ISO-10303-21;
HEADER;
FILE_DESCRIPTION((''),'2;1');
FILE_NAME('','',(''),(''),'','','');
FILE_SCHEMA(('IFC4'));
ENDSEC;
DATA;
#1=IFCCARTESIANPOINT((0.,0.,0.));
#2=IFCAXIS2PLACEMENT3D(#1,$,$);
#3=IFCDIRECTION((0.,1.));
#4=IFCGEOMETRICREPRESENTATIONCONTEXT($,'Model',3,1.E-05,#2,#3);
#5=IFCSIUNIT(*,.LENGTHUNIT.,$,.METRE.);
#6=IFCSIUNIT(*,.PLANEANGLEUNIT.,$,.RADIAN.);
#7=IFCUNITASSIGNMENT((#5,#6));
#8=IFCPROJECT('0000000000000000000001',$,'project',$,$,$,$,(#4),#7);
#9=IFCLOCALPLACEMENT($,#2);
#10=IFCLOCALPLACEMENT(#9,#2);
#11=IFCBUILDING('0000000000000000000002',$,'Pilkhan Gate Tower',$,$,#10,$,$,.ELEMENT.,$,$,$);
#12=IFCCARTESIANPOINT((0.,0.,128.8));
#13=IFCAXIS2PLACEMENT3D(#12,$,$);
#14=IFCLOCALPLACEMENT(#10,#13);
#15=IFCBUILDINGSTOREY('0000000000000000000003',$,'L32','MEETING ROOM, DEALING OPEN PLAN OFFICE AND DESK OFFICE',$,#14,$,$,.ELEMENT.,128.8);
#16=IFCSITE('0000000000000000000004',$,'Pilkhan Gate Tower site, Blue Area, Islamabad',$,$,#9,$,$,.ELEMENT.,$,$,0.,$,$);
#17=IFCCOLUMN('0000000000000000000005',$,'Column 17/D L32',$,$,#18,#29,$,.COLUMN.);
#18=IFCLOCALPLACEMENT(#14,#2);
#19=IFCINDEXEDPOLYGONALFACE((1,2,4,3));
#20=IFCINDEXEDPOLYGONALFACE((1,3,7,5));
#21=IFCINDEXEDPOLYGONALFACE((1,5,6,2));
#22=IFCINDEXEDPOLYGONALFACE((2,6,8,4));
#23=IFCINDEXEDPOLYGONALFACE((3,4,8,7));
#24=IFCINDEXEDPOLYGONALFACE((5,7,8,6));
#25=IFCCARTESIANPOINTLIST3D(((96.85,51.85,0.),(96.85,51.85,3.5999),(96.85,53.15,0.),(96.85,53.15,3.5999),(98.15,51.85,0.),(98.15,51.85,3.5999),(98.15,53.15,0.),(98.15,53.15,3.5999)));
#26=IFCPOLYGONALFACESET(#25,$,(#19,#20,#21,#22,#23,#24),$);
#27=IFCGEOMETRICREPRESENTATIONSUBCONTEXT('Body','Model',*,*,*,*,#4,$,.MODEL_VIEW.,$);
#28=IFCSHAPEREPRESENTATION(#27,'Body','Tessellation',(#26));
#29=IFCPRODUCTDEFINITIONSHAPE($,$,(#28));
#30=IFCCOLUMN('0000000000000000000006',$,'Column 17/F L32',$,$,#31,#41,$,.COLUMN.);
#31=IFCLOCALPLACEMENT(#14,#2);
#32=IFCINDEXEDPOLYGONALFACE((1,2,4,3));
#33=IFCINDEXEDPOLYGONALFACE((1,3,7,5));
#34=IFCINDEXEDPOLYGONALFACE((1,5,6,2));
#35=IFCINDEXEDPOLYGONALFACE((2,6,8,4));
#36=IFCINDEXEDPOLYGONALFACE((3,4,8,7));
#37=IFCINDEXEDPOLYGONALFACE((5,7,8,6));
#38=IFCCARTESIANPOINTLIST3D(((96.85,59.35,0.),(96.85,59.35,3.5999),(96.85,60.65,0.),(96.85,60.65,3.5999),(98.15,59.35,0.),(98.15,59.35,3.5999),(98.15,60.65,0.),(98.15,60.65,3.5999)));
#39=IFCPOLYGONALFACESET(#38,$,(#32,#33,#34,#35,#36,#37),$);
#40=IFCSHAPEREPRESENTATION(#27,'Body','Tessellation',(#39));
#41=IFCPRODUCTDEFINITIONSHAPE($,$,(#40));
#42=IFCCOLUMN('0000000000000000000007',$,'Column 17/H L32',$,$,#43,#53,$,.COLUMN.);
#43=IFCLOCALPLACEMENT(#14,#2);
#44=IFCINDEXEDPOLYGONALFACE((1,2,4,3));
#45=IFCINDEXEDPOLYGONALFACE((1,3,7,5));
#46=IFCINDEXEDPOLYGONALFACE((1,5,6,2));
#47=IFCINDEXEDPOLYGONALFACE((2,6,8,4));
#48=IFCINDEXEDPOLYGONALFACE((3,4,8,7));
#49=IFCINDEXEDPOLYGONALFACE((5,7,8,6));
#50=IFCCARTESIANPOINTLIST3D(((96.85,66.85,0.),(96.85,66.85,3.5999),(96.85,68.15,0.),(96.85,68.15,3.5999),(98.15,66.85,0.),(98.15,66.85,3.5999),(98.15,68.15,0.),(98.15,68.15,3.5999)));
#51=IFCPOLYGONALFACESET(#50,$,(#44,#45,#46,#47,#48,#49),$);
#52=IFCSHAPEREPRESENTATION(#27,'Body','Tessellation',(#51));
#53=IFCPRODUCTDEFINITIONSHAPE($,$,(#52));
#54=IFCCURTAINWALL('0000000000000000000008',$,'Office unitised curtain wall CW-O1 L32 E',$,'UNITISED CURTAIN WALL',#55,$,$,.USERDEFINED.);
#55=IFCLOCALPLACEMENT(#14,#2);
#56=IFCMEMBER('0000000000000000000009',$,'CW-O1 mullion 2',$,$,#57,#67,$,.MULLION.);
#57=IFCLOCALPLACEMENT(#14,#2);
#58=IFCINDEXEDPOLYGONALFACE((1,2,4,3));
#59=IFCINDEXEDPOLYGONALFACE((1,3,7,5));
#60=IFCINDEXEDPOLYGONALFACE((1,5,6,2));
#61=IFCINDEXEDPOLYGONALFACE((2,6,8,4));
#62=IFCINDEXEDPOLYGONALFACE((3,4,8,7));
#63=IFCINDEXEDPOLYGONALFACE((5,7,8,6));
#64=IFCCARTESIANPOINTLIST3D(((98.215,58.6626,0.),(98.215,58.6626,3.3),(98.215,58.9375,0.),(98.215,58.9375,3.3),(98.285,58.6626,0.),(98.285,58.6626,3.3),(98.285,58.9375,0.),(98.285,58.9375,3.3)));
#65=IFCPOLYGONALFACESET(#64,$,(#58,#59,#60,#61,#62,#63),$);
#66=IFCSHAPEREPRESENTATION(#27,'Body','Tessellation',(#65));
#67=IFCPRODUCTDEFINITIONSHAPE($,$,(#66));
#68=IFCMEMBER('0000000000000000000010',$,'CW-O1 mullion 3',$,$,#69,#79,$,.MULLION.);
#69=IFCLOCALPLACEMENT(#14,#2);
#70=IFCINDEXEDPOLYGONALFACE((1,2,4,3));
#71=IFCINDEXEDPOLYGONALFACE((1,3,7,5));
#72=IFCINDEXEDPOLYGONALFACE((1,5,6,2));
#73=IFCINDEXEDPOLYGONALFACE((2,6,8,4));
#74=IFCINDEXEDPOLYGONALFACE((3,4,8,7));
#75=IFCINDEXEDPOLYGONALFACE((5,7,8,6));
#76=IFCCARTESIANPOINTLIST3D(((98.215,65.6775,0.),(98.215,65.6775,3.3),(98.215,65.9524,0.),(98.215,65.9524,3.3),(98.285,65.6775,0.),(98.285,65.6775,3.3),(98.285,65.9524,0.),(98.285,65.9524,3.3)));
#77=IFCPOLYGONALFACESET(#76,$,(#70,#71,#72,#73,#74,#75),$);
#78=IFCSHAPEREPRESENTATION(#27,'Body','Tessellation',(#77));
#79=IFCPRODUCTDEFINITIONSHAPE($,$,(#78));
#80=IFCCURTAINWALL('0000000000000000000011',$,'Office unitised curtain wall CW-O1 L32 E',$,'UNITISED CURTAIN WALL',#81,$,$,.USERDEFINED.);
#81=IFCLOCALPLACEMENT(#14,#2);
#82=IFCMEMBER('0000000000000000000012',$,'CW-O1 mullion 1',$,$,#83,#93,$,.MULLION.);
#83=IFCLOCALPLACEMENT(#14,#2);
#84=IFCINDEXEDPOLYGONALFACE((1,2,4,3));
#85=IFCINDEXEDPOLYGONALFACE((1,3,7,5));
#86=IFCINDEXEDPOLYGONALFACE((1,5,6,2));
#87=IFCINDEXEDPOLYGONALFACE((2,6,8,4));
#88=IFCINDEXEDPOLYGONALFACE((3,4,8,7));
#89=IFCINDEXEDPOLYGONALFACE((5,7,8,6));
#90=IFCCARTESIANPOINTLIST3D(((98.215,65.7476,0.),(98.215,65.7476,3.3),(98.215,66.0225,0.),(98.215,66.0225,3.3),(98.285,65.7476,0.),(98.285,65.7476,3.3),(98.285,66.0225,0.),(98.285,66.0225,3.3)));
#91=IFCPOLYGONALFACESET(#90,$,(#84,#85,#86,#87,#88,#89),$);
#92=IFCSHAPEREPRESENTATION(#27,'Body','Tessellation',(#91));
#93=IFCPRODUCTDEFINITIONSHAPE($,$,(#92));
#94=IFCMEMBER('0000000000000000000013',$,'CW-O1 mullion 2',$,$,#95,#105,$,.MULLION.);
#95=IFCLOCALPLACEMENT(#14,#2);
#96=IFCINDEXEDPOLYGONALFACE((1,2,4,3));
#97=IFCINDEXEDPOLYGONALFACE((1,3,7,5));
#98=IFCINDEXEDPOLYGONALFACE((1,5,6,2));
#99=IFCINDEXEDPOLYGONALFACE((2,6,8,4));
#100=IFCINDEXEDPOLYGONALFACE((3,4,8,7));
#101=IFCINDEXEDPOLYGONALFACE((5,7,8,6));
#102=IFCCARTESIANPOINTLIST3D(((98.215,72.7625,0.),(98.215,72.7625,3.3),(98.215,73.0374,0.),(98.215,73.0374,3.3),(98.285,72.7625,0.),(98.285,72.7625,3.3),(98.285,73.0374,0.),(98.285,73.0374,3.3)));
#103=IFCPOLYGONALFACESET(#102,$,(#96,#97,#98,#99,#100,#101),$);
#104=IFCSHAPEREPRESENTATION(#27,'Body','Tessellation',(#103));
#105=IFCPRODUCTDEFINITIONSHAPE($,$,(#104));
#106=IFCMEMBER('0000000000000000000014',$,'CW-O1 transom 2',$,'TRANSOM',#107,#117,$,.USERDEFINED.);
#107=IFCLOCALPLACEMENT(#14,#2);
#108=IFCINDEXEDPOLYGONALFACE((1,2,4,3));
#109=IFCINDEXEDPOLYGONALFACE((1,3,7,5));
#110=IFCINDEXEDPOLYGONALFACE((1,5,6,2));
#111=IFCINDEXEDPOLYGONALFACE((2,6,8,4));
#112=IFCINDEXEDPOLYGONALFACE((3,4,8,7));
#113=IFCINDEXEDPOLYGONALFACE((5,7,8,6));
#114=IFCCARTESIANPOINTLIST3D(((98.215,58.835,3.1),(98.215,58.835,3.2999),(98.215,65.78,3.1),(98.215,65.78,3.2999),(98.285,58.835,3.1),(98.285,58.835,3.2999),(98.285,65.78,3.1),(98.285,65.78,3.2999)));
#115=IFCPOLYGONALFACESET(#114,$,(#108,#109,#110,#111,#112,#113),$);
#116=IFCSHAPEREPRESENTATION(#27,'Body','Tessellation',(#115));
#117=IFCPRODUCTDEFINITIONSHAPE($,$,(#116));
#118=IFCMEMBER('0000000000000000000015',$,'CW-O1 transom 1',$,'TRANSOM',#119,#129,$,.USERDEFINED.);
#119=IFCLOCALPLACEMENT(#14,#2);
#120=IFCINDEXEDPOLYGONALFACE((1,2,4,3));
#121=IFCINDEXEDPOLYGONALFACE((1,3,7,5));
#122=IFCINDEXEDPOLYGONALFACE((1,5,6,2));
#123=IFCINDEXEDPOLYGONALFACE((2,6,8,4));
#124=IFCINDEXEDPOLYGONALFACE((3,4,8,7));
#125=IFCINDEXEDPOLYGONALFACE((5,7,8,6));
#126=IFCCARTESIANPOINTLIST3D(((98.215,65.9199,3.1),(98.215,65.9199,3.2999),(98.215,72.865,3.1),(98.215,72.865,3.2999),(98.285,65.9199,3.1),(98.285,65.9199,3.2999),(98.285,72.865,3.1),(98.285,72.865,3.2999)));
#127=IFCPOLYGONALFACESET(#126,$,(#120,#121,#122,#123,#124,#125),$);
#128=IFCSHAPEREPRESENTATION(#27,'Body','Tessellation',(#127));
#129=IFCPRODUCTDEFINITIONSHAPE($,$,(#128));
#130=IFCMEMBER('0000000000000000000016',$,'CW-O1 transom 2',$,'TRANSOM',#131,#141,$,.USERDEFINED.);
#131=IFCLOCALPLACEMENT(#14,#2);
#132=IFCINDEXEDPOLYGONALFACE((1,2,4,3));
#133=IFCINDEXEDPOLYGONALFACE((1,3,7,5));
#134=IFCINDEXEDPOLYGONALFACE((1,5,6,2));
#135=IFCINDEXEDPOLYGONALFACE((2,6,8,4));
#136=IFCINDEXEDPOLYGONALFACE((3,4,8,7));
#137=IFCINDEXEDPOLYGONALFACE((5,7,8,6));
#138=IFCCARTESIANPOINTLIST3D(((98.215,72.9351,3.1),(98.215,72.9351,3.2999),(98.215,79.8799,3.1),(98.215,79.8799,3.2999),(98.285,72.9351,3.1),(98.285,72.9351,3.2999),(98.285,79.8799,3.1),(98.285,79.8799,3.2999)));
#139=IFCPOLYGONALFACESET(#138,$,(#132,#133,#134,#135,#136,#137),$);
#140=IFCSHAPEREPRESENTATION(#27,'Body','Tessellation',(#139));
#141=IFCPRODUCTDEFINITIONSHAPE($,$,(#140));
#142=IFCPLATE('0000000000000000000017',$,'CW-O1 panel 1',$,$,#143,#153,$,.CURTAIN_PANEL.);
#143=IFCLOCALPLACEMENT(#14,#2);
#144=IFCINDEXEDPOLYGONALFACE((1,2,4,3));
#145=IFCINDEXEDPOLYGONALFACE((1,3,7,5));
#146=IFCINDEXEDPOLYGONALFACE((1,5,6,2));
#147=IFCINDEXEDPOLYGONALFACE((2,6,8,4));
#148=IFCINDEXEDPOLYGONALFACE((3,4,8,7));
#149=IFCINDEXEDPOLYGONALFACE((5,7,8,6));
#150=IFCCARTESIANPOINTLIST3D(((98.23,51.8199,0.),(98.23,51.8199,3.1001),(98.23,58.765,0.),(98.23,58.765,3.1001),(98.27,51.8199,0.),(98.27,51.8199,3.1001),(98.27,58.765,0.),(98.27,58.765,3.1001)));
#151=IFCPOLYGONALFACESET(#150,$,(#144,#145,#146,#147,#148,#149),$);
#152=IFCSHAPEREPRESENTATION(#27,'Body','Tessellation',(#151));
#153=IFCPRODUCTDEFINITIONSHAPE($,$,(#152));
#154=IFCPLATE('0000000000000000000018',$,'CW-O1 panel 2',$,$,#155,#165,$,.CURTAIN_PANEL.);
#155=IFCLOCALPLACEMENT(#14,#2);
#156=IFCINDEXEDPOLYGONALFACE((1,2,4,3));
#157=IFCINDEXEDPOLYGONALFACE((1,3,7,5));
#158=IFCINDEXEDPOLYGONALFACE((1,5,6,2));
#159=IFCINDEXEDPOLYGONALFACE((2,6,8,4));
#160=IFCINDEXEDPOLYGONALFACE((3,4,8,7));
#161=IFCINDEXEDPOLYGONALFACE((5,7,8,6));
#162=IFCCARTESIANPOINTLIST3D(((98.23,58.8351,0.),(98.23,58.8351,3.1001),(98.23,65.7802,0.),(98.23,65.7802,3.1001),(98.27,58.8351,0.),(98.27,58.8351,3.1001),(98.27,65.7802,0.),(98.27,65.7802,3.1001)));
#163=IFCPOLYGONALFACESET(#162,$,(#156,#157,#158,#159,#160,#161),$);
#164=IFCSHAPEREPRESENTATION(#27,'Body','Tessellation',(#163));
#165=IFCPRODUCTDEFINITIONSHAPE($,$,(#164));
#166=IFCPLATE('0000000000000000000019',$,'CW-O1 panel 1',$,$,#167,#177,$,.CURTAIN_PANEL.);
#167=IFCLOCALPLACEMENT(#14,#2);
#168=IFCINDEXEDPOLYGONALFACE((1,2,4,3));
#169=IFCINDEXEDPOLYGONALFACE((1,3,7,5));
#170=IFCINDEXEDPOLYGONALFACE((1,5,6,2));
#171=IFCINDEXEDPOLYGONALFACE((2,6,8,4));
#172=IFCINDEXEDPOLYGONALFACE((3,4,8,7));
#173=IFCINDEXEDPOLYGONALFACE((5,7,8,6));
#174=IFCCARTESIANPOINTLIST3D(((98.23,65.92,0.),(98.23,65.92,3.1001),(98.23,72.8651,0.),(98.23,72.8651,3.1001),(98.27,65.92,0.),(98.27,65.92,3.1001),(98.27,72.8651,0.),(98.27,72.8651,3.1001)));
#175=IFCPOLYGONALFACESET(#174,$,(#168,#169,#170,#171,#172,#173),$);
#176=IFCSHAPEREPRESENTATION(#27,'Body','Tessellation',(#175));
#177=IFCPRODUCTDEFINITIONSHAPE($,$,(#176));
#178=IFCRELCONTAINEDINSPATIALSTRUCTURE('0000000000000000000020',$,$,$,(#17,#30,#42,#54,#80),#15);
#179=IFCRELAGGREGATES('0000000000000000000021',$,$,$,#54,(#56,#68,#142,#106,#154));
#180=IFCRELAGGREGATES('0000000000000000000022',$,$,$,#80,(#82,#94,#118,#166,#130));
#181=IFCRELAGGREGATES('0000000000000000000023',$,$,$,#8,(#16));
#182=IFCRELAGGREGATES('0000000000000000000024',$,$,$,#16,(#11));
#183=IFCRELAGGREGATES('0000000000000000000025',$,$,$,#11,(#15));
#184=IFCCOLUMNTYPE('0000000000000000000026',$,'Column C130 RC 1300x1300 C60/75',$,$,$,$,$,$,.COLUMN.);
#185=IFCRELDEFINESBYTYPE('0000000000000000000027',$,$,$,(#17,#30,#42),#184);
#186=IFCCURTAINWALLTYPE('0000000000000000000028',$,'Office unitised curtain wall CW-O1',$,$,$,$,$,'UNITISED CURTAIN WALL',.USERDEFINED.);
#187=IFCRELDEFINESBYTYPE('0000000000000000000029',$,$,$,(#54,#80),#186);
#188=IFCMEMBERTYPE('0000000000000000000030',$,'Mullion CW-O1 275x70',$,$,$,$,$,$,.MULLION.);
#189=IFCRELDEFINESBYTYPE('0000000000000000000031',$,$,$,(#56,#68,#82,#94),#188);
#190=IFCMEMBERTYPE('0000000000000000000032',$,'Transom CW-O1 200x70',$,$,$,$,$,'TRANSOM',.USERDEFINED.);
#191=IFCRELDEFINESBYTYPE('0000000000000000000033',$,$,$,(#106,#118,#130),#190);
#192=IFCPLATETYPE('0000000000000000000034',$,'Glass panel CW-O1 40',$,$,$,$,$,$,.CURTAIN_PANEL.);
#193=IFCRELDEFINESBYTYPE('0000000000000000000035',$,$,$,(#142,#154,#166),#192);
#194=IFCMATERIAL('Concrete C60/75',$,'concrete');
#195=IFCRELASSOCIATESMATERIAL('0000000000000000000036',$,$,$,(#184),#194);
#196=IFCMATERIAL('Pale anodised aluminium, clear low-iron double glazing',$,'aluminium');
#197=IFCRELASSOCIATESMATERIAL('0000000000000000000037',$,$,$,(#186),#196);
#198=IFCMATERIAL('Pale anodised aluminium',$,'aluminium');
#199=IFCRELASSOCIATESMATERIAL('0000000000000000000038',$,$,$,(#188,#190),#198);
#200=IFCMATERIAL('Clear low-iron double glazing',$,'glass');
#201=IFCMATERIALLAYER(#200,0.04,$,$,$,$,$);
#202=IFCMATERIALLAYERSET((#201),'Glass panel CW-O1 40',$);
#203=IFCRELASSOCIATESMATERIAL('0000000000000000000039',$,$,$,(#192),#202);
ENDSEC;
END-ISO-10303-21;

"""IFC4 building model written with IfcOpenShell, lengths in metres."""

from ifc_helpers import new_model, si_unit, direction, frame, origin, origin_2d, place, context, subcontext, project, spatial, rectangle, extrude, material, layer, layer_set, material_profile, profile_set, type_object, element, aggregate, save


model = new_model("IFC4")

# Units and contexts
model_context = context("Model", 3, precision=1e-05, world=origin(), true_north=direction((0.0, 1.0)))
body_context = subcontext(model_context, "Body", "Model", "MODEL_VIEW")
ifc_project = project(units=[si_unit("LENGTHUNIT", "METRE"), si_unit("PLANEANGLEUNIT", "RADIAN")], contexts=[model_context])

# Site, building, storey
site_placement = place(None, origin())
site = spatial("IfcSite", under=ifc_project, at=site_placement, Name="Pilkhan Gate Tower site, Blue Area, Islamabad", CompositionType="ELEMENT", RefElevation=0.0)
building_placement = place(site_placement, origin())
building = spatial("IfcBuilding", under=site, at=building_placement, Name="Pilkhan Gate Tower", CompositionType="ELEMENT")
storey_placement = place(building_placement, frame((0.0, 0.0, 128.8)))
storey = spatial("IfcBuildingStorey", under=building, at=storey_placement, Name="L32", Description="MEETING ROOM, DEALING OPEN PLAN OFFICE AND DESK OFFICE", CompositionType="ELEMENT", Elevation=128.8)

# Columns
ifc_material_1 = material(Name="Concrete C60/75", Category="concrete")
ifc_material_profile_1 = material_profile(ifc_material_1, rectangle(XDim=1.3, YDim=1.3, at=origin_2d()), Name="RC 1300x1300")
ifc_profile_set_1 = profile_set([ifc_material_profile_1], Name="Concrete C60/75")
column_type = type_object("IfcColumnType", Name="Column C130 RC 1300x1300 C60/75", PredefinedType="COLUMN", material=ifc_profile_set_1)
for number, where, z_axis, x_axis, name in (
    (1, (97.5, 52.5, 0.0), (0.0, 0.0, 1.0), (1.0, 0.0, 0.0), "Column 17/D L32"),
    (2, (97.5, 60.0, 0.0), (0.0, 0.0, 1.0), (1.0, 0.0, 0.0), "Column 17/F L32"),
    (3, (97.5, 67.5, 0.0), (0.0, 0.0, 1.0), (1.0, 0.0, 0.0), "Column 17/H L32"),
):
    element("IfcColumn", number, at=place(storey_placement, frame(where, z_axis=z_axis, x_axis=x_axis)), inside=storey, type_object=column_type, Name=name, PredefinedType="COLUMN", context=body_context, shape_type="SweptSolid", body=[
        extrude(rectangle(XDim=1.3, YDim=1.3, at=origin_2d()), origin(), (0.0, 0.0, 1.0), 3.5999),
    ])

# Curtain walls, members
ifc_material_2 = material(Name="Pale anodised aluminium, clear low-iron double glazing", Category="aluminium")
curtain_wall_type = type_object("IfcCurtainWallType", Name="Office unitised curtain wall CW-O1", ElementType="UNITISED CURTAIN WALL", PredefinedType="USERDEFINED", material=ifc_material_2)
curtain_wall_1_placement = place(storey_placement, origin())
curtain_wall_1 = element("IfcCurtainWall", 4, at=curtain_wall_1_placement, inside=storey, type_object=curtain_wall_type, Name="Office unitised curtain wall CW-O1 L32 E", ObjectType="UNITISED CURTAIN WALL", PredefinedType="USERDEFINED")
ifc_material_3 = material(Name="Pale anodised aluminium", Category="aluminium")
ifc_material_profile_2 = material_profile(ifc_material_3, rectangle(XDim=0.0701, YDim=0.2749, at=origin_2d()), Name="Mullion 275x70")
ifc_profile_set_2 = profile_set([ifc_material_profile_2], Name="Pale anodised aluminium")
member_type_1 = type_object("IfcMemberType", Name="Mullion CW-O1 275x70", PredefinedType="MULLION", material=ifc_profile_set_2)
member_1_placement = place(storey_placement, frame((98.25, 58.8, 0.0), z_axis=(0.0, 0.0, 1.0), x_axis=(-1.0, 0.0, 0.0)))
member_1 = element("IfcMember", 5, at=member_1_placement, type_object=member_type_1, Name="CW-O1 mullion 2", PredefinedType="MULLION", context=body_context, shape_type="SweptSolid", body=[
    extrude(rectangle(XDim=0.0701, YDim=0.2749, at=origin_2d()), origin(), (0.0, 0.0, 1.0), 3.3),
])
member_2_placement = place(storey_placement, frame((98.25, 65.8149, 0.0), z_axis=(0.0, 0.0, 1.0), x_axis=(-1.0, 0.0, 0.0)))
member_2 = element("IfcMember", 6, at=member_2_placement, type_object=member_type_1, Name="CW-O1 mullion 3", PredefinedType="MULLION", context=body_context, shape_type="SweptSolid", body=[
    extrude(rectangle(XDim=0.0701, YDim=0.2749, at=origin_2d()), origin(), (0.0, 0.0, 1.0), 3.3),
])
curtain_wall_2_placement = place(storey_placement, origin())
curtain_wall_2 = element("IfcCurtainWall", 7, at=curtain_wall_2_placement, inside=storey, type_object=curtain_wall_type, Name="Office unitised curtain wall CW-O1 L32 E", ObjectType="UNITISED CURTAIN WALL", PredefinedType="USERDEFINED")
member_3_placement = place(storey_placement, frame((98.25, 65.885, 0.0), z_axis=(0.0, 0.0, 1.0), x_axis=(-1.0, 0.0, 0.0)))
member_3 = element("IfcMember", 8, at=member_3_placement, type_object=member_type_1, Name="CW-O1 mullion 1", PredefinedType="MULLION", context=body_context, shape_type="SweptSolid", body=[
    extrude(rectangle(XDim=0.0701, YDim=0.2749, at=origin_2d()), origin(), (0.0, 0.0, 1.0), 3.3),
])
member_4_placement = place(storey_placement, frame((98.25, 72.8999, 0.0), z_axis=(0.0, 0.0, 1.0), x_axis=(-1.0, 0.0, 0.0)))
member_4 = element("IfcMember", 9, at=member_4_placement, type_object=member_type_1, Name="CW-O1 mullion 2", PredefinedType="MULLION", context=body_context, shape_type="SweptSolid", body=[
    extrude(rectangle(XDim=0.0701, YDim=0.2749, at=origin_2d()), origin(), (0.0, 0.0, 1.0), 3.3),
])

# Members
ifc_material_profile_3 = material_profile(ifc_material_3, rectangle(XDim=0.0701, YDim=0.2, at=origin_2d()), Name="Transom 200x70")
ifc_profile_set_3 = profile_set([ifc_material_profile_3], Name="Pale anodised aluminium")
member_type_2 = type_object("IfcMemberType", Name="Transom CW-O1 200x70", ElementType="TRANSOM", PredefinedType="USERDEFINED", material=ifc_profile_set_3)
member_5_placement = place(storey_placement, frame((98.25, 58.835, 3.2), z_axis=(0.0, 1.0, 0.0), x_axis=(-1.0, 0.0, 0.0)))
member_5 = element("IfcMember", 10, at=member_5_placement, type_object=member_type_2, Name="CW-O1 transom 2", ObjectType="TRANSOM", PredefinedType="USERDEFINED", context=body_context, shape_type="SweptSolid", body=[
    extrude(rectangle(XDim=0.0701, YDim=0.2, at=origin_2d()), origin(), (0.0, 0.0, 1.0), 6.9451),
])
member_6_placement = place(storey_placement, frame((98.25, 65.9199, 3.2), z_axis=(0.0, 1.0, 0.0), x_axis=(-1.0, 0.0, 0.0)))
member_6 = element("IfcMember", 11, at=member_6_placement, type_object=member_type_2, Name="CW-O1 transom 1", ObjectType="TRANSOM", PredefinedType="USERDEFINED", context=body_context, shape_type="SweptSolid", body=[
    extrude(rectangle(XDim=0.0701, YDim=0.2, at=origin_2d()), origin(), (0.0, 0.0, 1.0), 6.9451),
])
member_7_placement = place(storey_placement, frame((98.25, 72.9351, 3.2), z_axis=(0.0, 1.0, 0.0), x_axis=(-1.0, 0.0, 0.0)))
member_7 = element("IfcMember", 12, at=member_7_placement, type_object=member_type_2, Name="CW-O1 transom 2", ObjectType="TRANSOM", PredefinedType="USERDEFINED", context=body_context, shape_type="SweptSolid", body=[
    extrude(rectangle(XDim=0.0701, YDim=0.2, at=origin_2d()), origin(), (0.0, 0.0, 1.0), 6.9448),
])

# Plates
ifc_material_4 = material(Name="Clear low-iron double glazing", Category="glass")
ifc_layer_1 = layer(ifc_material_4, 0.04)
ifc_layer_set_1 = layer_set([ifc_layer_1], Name="Glass panel CW-O1 40")
plate_type = type_object("IfcPlateType", Name="Glass panel CW-O1 40", PredefinedType="CURTAIN_PANEL", material=ifc_layer_set_1)
plate_1_placement = place(storey_placement, frame((98.25, 55.2925, 0.0), z_axis=(0.0, 0.0, 1.0), x_axis=(0.0, 1.0, 0.0)))
plate_1 = element("IfcPlate", 13, at=plate_1_placement, type_object=plate_type, Name="CW-O1 panel 1", PredefinedType="CURTAIN_PANEL", context=body_context, shape_type="SweptSolid", body=[
    extrude(rectangle(XDim=6.9451, YDim=0.04, at=origin_2d()), origin(), (0.0, 0.0, 1.0), 3.1001),
])
plate_2_placement = place(storey_placement, frame((98.25, 62.3076, 0.0), z_axis=(0.0, 0.0, 1.0), x_axis=(0.0, 1.0, 0.0)))
plate_2 = element("IfcPlate", 14, at=plate_2_placement, type_object=plate_type, Name="CW-O1 panel 2", PredefinedType="CURTAIN_PANEL", context=body_context, shape_type="SweptSolid", body=[
    extrude(rectangle(XDim=6.9451, YDim=0.04, at=origin_2d()), origin(), (0.0, 0.0, 1.0), 3.1001),
])
aggregate(curtain_wall_1, [member_1, member_2, plate_1, member_5, plate_2])
plate_3_placement = place(storey_placement, frame((98.25, 69.3926, 0.0), z_axis=(0.0, 0.0, 1.0), x_axis=(0.0, 1.0, 0.0)))
plate_3 = element("IfcPlate", 15, at=plate_3_placement, type_object=plate_type, Name="CW-O1 panel 1", PredefinedType="CURTAIN_PANEL", context=body_context, shape_type="SweptSolid", body=[
    extrude(rectangle(XDim=6.9451, YDim=0.04, at=origin_2d()), origin(), (0.0, 0.0, 1.0), 3.1001),
])
aggregate(curtain_wall_2, [member_3, member_4, member_6, plate_3, member_7])

save(model, "model.ifc")
